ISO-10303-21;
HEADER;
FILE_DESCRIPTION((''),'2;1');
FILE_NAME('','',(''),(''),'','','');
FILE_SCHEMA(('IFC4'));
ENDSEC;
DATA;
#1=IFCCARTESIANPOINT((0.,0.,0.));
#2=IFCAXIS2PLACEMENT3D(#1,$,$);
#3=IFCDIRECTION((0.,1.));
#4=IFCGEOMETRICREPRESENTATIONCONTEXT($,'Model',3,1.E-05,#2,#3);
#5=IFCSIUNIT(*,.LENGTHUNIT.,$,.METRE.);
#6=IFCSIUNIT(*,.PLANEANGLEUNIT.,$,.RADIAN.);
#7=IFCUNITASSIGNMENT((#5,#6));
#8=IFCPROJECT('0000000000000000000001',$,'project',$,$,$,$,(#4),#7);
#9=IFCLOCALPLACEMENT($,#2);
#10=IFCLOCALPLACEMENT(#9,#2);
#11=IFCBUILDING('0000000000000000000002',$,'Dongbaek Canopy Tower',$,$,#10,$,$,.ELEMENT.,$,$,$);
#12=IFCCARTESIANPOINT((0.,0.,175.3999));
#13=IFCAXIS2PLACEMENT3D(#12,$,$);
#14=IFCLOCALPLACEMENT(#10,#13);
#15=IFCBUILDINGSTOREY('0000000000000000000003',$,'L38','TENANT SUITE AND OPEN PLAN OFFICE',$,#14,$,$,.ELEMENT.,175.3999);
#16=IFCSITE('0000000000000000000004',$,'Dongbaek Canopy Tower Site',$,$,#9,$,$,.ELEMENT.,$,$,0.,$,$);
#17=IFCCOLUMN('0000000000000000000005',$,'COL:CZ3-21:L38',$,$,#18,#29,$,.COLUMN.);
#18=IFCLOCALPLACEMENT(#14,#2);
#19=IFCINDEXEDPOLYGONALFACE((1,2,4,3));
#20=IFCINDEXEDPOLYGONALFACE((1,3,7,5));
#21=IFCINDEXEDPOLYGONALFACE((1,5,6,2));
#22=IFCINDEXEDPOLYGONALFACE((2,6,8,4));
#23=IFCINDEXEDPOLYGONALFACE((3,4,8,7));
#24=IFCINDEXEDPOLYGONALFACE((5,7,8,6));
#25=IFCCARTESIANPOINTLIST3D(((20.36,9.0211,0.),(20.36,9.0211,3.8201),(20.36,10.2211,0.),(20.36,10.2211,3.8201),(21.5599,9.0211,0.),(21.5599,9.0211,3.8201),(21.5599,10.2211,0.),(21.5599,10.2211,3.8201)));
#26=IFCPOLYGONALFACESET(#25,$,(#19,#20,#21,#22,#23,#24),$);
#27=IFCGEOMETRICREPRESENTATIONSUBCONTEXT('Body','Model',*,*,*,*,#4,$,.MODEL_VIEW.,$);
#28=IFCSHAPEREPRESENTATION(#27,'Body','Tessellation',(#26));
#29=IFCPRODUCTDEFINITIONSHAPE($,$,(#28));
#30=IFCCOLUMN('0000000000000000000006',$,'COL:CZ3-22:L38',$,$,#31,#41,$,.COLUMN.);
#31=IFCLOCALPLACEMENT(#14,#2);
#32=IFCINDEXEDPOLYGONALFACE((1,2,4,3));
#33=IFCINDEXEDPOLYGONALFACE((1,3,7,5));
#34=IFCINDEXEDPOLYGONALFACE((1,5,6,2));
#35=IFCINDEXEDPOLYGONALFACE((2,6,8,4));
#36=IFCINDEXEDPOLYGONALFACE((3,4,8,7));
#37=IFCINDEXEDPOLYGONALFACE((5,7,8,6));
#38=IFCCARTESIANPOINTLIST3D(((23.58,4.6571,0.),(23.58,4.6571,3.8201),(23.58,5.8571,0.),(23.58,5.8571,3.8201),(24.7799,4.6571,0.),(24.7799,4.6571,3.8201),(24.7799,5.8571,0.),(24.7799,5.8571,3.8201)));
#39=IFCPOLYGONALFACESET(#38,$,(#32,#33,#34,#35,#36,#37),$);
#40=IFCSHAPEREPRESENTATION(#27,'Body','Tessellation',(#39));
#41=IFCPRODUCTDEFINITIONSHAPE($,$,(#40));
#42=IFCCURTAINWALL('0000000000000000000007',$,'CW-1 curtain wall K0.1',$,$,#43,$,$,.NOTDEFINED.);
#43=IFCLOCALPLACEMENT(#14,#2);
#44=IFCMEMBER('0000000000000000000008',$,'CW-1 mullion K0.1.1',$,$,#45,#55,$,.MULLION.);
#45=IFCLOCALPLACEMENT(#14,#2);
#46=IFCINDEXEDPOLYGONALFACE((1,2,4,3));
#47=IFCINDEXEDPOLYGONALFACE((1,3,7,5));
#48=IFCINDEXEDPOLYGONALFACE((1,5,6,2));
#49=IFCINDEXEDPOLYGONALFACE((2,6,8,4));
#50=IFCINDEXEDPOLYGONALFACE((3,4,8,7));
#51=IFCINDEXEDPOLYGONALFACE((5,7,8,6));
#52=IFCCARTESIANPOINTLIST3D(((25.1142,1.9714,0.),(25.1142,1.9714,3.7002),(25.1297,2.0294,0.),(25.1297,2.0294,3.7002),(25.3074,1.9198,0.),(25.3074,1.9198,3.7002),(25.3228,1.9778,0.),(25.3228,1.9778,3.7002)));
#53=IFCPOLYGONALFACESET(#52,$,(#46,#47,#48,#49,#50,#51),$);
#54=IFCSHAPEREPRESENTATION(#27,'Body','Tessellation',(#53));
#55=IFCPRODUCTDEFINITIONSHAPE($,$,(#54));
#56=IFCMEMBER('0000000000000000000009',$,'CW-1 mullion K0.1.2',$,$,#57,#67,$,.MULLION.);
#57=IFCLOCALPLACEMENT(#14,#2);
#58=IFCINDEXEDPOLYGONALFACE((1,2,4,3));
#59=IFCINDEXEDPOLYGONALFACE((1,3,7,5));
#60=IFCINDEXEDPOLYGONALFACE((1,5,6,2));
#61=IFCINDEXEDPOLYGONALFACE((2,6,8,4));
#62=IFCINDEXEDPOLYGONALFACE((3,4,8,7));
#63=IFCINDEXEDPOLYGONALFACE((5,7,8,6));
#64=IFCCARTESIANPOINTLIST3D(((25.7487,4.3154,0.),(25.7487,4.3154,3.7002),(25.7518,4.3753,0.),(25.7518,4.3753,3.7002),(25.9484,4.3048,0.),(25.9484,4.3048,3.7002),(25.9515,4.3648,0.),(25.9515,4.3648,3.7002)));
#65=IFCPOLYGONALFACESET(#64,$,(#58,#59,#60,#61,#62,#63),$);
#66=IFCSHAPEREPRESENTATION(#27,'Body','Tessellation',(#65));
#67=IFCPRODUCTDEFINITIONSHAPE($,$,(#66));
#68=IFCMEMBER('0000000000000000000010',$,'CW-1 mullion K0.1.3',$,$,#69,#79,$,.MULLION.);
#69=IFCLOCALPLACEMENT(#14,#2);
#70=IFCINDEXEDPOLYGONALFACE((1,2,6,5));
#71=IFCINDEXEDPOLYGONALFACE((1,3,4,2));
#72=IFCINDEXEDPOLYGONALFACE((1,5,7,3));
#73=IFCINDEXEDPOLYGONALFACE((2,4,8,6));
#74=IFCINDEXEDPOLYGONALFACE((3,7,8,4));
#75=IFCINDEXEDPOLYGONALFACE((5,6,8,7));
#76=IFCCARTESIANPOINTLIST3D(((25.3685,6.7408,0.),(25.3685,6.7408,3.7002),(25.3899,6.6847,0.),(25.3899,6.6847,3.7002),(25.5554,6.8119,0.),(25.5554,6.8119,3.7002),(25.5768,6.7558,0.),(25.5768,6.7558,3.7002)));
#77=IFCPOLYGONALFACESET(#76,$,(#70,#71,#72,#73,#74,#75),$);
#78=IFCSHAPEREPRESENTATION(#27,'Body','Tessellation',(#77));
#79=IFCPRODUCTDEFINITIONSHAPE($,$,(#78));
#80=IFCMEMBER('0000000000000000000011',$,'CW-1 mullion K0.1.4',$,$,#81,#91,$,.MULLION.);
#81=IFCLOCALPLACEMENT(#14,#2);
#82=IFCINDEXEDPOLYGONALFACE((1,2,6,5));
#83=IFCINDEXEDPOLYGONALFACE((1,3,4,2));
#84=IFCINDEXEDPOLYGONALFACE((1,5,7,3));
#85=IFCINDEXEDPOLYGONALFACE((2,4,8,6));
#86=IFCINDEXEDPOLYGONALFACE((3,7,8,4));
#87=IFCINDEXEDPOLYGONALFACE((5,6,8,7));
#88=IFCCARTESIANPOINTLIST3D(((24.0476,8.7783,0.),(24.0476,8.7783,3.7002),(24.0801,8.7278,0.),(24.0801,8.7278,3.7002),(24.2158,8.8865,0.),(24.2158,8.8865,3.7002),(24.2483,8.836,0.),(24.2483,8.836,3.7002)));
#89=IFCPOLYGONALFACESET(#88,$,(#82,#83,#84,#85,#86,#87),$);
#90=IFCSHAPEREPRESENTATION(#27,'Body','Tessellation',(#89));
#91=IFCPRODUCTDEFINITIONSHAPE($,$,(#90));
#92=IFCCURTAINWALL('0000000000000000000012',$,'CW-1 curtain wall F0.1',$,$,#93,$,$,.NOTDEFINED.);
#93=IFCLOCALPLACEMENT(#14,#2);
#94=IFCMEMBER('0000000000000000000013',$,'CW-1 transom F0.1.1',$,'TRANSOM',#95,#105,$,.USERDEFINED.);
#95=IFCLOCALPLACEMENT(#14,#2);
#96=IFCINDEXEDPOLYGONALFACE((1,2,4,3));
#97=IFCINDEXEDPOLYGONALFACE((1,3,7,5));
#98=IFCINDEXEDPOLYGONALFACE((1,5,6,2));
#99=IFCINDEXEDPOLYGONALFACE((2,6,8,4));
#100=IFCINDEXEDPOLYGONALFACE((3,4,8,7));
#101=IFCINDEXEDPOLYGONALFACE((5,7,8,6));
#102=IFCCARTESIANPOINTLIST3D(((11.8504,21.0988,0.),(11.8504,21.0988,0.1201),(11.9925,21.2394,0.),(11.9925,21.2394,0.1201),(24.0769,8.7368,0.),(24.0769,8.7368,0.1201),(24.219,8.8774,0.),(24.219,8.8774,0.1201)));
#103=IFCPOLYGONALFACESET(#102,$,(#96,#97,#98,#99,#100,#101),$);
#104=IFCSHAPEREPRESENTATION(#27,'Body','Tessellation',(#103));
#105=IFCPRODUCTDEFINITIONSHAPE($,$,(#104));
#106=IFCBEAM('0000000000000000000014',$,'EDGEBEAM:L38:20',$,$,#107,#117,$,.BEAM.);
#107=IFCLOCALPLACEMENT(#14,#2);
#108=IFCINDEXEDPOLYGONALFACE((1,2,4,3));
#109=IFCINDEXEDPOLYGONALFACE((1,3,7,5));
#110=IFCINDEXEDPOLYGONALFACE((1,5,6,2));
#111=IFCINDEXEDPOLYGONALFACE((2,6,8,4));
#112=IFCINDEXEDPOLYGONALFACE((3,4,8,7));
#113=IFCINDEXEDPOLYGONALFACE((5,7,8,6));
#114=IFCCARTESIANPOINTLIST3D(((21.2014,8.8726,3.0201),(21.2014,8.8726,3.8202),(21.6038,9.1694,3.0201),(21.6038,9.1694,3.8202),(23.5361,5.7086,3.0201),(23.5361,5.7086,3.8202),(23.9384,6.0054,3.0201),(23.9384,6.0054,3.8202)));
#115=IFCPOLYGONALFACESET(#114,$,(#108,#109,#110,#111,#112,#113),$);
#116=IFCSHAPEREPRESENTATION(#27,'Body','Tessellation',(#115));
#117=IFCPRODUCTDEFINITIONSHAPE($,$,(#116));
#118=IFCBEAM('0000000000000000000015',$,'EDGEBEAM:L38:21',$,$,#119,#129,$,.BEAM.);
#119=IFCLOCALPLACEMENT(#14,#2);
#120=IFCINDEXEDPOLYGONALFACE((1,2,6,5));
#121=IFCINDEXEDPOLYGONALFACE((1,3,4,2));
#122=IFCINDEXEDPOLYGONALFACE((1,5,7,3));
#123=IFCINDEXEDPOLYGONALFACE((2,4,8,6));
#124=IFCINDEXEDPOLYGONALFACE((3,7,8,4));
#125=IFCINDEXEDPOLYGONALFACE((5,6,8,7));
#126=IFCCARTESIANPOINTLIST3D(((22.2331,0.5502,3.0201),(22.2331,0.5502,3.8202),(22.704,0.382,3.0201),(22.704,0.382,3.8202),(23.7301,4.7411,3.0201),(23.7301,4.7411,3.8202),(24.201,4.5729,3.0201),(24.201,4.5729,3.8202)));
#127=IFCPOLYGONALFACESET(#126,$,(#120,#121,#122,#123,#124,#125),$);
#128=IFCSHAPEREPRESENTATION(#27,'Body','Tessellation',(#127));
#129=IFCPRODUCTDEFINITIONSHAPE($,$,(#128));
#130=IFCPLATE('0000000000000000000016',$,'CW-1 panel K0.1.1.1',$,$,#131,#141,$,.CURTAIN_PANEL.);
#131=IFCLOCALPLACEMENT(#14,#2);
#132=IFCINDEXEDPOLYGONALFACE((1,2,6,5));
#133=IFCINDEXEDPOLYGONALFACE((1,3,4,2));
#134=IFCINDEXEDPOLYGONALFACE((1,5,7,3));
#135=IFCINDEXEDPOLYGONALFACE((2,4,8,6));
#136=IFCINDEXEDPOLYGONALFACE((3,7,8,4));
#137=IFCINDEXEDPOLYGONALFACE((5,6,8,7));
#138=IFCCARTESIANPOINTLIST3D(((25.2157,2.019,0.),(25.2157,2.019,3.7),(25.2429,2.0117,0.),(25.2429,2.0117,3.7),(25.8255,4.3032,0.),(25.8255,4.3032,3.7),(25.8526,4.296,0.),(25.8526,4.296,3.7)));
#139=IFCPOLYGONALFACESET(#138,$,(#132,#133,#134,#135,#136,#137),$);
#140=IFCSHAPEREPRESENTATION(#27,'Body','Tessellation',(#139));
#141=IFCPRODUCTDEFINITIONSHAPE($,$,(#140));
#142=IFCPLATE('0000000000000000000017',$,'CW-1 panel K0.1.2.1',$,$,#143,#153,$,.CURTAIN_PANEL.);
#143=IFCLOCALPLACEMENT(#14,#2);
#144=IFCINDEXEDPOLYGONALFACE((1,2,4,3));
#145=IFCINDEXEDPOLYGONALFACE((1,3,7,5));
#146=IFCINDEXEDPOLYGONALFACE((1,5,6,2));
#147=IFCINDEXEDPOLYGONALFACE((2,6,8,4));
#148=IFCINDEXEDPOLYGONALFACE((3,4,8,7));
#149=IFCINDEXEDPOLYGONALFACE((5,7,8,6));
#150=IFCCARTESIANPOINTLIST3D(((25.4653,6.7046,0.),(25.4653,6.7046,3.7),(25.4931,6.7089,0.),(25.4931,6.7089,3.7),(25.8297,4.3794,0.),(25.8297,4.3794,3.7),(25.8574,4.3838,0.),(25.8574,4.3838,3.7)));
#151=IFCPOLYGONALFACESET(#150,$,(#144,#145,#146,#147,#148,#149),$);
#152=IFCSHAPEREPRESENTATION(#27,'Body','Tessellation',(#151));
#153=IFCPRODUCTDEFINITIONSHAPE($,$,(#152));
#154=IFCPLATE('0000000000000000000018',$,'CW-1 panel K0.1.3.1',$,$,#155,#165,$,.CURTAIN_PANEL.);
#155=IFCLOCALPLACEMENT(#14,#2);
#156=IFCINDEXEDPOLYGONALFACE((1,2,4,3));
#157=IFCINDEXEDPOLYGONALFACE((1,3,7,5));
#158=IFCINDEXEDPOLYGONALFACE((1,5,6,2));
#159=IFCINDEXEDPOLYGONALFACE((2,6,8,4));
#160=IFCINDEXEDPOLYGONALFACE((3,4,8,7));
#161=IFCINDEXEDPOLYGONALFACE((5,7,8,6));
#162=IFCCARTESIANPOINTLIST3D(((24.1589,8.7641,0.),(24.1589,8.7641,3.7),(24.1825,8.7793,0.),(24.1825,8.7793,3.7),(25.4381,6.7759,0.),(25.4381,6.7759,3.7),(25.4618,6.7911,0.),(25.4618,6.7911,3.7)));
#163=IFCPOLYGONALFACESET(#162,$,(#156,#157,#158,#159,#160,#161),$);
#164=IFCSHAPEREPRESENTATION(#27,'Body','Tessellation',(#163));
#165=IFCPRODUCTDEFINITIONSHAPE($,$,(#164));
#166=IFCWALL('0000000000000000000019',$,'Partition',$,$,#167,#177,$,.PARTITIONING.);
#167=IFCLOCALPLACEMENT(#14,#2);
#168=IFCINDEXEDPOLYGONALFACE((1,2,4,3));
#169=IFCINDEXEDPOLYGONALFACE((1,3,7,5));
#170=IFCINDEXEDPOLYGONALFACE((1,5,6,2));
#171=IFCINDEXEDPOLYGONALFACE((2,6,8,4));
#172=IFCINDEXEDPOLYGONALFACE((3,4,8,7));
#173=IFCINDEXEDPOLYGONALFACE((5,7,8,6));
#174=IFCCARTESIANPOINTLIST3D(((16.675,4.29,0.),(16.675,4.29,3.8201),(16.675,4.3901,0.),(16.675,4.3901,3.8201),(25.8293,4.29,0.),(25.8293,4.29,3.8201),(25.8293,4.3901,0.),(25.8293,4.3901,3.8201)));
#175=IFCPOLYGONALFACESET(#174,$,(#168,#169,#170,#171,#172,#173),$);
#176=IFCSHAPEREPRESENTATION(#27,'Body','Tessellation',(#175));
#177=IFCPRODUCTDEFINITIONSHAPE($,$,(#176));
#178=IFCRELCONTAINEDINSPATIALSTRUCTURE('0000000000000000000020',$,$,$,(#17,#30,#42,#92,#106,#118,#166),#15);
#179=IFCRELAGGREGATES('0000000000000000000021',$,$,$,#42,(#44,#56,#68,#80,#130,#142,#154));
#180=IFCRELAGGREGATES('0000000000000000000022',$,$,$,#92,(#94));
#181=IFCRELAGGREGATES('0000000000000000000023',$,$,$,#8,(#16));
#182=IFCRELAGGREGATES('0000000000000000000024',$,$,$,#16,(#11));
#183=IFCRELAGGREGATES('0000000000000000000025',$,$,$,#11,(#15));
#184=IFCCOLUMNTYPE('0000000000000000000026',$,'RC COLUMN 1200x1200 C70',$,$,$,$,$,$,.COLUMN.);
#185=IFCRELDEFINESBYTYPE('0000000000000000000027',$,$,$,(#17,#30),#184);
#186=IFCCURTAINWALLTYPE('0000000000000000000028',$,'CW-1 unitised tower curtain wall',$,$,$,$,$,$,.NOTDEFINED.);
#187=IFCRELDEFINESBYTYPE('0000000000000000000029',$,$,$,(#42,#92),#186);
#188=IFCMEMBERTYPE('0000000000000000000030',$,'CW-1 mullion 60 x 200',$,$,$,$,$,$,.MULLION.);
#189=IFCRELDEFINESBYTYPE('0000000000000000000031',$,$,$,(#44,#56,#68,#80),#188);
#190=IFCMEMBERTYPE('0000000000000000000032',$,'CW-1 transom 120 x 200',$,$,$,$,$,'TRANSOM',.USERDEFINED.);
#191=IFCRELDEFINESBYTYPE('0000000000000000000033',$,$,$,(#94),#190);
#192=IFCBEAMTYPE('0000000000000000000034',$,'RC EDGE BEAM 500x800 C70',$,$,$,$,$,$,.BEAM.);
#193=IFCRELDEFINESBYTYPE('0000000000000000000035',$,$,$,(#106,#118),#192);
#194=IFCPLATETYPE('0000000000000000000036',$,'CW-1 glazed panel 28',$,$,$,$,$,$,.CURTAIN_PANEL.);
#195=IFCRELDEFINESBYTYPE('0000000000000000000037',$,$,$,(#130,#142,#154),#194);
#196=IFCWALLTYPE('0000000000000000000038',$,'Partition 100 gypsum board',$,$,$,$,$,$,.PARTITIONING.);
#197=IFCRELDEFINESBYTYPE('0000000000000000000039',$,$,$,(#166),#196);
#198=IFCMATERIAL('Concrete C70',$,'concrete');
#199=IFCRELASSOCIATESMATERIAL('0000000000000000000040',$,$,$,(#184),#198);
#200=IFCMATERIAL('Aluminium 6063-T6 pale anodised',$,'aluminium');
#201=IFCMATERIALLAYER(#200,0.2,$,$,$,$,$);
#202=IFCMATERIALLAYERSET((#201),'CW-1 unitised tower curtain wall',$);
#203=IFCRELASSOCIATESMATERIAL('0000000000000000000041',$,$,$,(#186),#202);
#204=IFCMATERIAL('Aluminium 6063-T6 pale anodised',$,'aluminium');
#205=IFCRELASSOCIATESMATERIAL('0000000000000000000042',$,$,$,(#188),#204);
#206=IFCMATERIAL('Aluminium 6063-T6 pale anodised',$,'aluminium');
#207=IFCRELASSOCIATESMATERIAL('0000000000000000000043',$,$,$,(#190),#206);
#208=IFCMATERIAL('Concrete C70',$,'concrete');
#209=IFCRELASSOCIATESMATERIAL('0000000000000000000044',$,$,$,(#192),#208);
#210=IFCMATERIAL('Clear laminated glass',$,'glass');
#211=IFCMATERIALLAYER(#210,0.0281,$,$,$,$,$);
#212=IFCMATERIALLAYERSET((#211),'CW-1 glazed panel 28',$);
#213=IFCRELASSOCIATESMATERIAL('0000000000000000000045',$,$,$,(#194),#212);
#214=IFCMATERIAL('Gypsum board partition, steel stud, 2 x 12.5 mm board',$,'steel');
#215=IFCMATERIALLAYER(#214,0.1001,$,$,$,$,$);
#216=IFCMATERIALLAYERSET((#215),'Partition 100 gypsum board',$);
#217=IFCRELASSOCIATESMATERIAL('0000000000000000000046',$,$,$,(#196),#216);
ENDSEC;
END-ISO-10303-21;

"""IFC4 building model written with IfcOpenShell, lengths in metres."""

from ifc_helpers import new_model, si_unit, direction, frame, frame_2d, origin, origin_2d, place, context, subcontext, project, spatial, rectangle, extrude, material, layer, layer_set, material_profile, profile_set, type_object, element, aggregate, save


model = new_model("IFC4")

# Units and contexts
model_context = context("Model", 3, precision=1e-05, world=origin(), true_north=direction((0.0, 1.0)))
body_context = subcontext(model_context, "Body", "Model", "MODEL_VIEW")
ifc_project = project(units=[si_unit("LENGTHUNIT", "METRE"), si_unit("PLANEANGLEUNIT", "RADIAN")], contexts=[model_context])

# Site, building, storey
site_placement = place(None, origin())
site = spatial("IfcSite", under=ifc_project, at=site_placement, Name="Dongbaek Canopy Tower Site", CompositionType="ELEMENT", RefElevation=0.0)
building_placement = place(site_placement, origin())
building = spatial("IfcBuilding", under=site, at=building_placement, Name="Dongbaek Canopy Tower", CompositionType="ELEMENT")
storey_placement = place(building_placement, frame((0.0, 0.0, 175.3999)))
storey = spatial("IfcBuildingStorey", under=building, at=storey_placement, Name="L38", Description="TENANT SUITE AND OPEN PLAN OFFICE", CompositionType="ELEMENT", Elevation=175.3999)

# Columns
ifc_material_1 = material(Name="Concrete C70", Category="concrete")
ifc_material_profile_1 = material_profile(ifc_material_1, rectangle(XDim=1.2, YDim=1.2, at=origin_2d()), Name="RC COLUMN 1200x1200 C70")
ifc_profile_set_1 = profile_set([ifc_material_profile_1], Name="Concrete C70")
column_type = type_object("IfcColumnType", Name="RC COLUMN 1200x1200 C70", PredefinedType="COLUMN", material=ifc_profile_set_1)
for number, where, z_axis, x_axis, name in (
    (1, (20.96, 9.6211, 0.0), (0.0, 0.0, 1.0), (1.0, 0.0, 0.0), "COL:CZ3-21:L38"),
    (2, (24.1799, 5.2571, 0.0), (0.0, 0.0, 1.0), (1.0, 0.0, 0.0), "COL:CZ3-22:L38"),
):
    element("IfcColumn", number, at=place(storey_placement, frame(where, z_axis=z_axis, x_axis=x_axis)), inside=storey, type_object=column_type, Name=name, PredefinedType="COLUMN", context=body_context, shape_type="SweptSolid", body=[
        extrude(rectangle(XDim=1.2, YDim=1.2, at=origin_2d()), origin(), (0.0, 0.0, 1.0), 3.8201),
    ])

# Curtain wall, members
ifc_material_2 = material(Name="Aluminium 6063-T6 pale anodised", Category="aluminium")
ifc_layer_1 = layer(ifc_material_2, 0.2)
ifc_layer_set_1 = layer_set([ifc_layer_1], Name="CW-1 unitised tower curtain wall")
curtain_wall_type = type_object("IfcCurtainWallType", Name="CW-1 unitised tower curtain wall", PredefinedType="NOTDEFINED", material=ifc_layer_set_1)
curtain_wall_1_placement = place(storey_placement, origin())
curtain_wall_1 = element("IfcCurtainWall", 3, at=curtain_wall_1_placement, inside=storey, type_object=curtain_wall_type, Name="CW-1 curtain wall K0.1", PredefinedType="NOTDEFINED")
ifc_material_3 = material(Name="Aluminium 6063-T6 pale anodised", Category="aluminium")
ifc_material_profile_2 = material_profile(ifc_material_3, rectangle(XDim=0.2, YDim=0.0601, at=origin_2d()), Name="CW-1 mullion 60 x 200")
ifc_profile_set_2 = profile_set([ifc_material_profile_2], Name="Aluminium 6063-T6 pale anodised")
member_type_1 = type_object("IfcMemberType", Name="CW-1 mullion 60 x 200", PredefinedType="MULLION", material=ifc_profile_set_2)
member_1_placement = place(storey_placement, frame((25.2185, 1.9746, 0.0), z_axis=(0.0, 0.0, 1.0), x_axis=(0.966167, -0.257917, 0.0)))
member_1 = element("IfcMember", 4, at=member_1_placement, type_object=member_type_1, Name="CW-1 mullion K0.1.1", PredefinedType="MULLION", context=body_context, shape_type="SweptSolid", body=[
    extrude(rectangle(XDim=0.2, YDim=0.0601, at=origin_2d()), origin(), (0.0, 0.0, 1.0), 3.7002),
])
member_2_placement = place(storey_placement, frame((25.8501, 4.3401, 0.0), z_axis=(0.0, 0.0, 1.0), x_axis=(0.998611, -0.05269, 0.0)))
member_2 = element("IfcMember", 5, at=member_2_placement, type_object=member_type_1, Name="CW-1 mullion K0.1.2", PredefinedType="MULLION", context=body_context, shape_type="SweptSolid", body=[
    extrude(rectangle(XDim=0.2, YDim=0.0601, at=origin_2d()), origin(), (0.0, 0.0, 1.0), 3.7002),
])
member_3_placement = place(storey_placement, frame((25.4727, 6.7483, 0.0), z_axis=(0.0, 0.0, 1.0), x_axis=(0.934627, 0.355629, 0.0)))
member_3 = element("IfcMember", 6, at=member_3_placement, type_object=member_type_1, Name="CW-1 mullion K0.1.3", PredefinedType="MULLION", context=body_context, shape_type="SweptSolid", body=[
    extrude(rectangle(XDim=0.2, YDim=0.0601, at=origin_2d()), origin(), (0.0, 0.0, 1.0), 3.7002),
])
member_4_placement = place(storey_placement, frame((24.1479, 8.8071, 0.0), z_axis=(0.0, 0.0, 1.0), x_axis=(0.840962, 0.541095, 0.0)))
member_4 = element("IfcMember", 7, at=member_4_placement, type_object=member_type_1, Name="CW-1 mullion K0.1.4", PredefinedType="MULLION", context=body_context, shape_type="SweptSolid", body=[
    extrude(rectangle(XDim=0.2, YDim=0.0601, at=origin_2d()), origin(), (0.0, 0.0, 1.0), 3.7002),
])

# Curtain wall, member
curtain_wall_2_placement = place(storey_placement, origin())
curtain_wall_2 = element("IfcCurtainWall", 8, at=curtain_wall_2_placement, inside=storey, type_object=curtain_wall_type, Name="CW-1 curtain wall F0.1", PredefinedType="NOTDEFINED")
ifc_material_4 = material(Name="Aluminium 6063-T6 pale anodised", Category="aluminium")
ifc_material_profile_3 = material_profile(ifc_material_4, rectangle(XDim=0.2, YDim=0.1201, at=origin_2d()), Name="CW-1 transom 120 x 200")
ifc_profile_set_3 = profile_set([ifc_material_profile_3], Name="Aluminium 6063-T6 pale anodised")
member_type_2 = type_object("IfcMemberType", Name="CW-1 transom 120 x 200", ElementType="TRANSOM", PredefinedType="USERDEFINED", material=ifc_profile_set_3)
member_5_placement = place(storey_placement, frame((24.1479, 8.8071, 0.0601), z_axis=(-0.7032, 0.710993, 0.0), x_axis=(-0.710993, -0.7032, 0.0)))
member_5 = element("IfcMember", 9, at=member_5_placement, type_object=member_type_2, Name="CW-1 transom F0.1.1", ObjectType="TRANSOM", PredefinedType="USERDEFINED", context=body_context, shape_type="SweptSolid", body=[
    extrude(rectangle(XDim=0.2, YDim=0.1201, at=origin_2d()), origin(), (0.0, 0.0, 1.0), 17.387),
])

# Beams
ifc_material_5 = material(Name="Concrete C70", Category="concrete")
ifc_material_profile_4 = material_profile(ifc_material_5, rectangle(XDim=0.5, YDim=0.8, at=origin_2d()), Name="RC EDGE BEAM 500x800 C70")
ifc_profile_set_4 = profile_set([ifc_material_profile_4], Name="Concrete C70")
beam_type = type_object("IfcBeamType", Name="RC EDGE BEAM 500x800 C70", PredefinedType="BEAM", material=ifc_profile_set_4)
beam_1_placement = place(storey_placement, frame((21.4026, 9.021, 3.4202), z_axis=(0.593743, -0.804655, 0.0), x_axis=(0.804655, 0.593743, 0.0)))
element("IfcBeam", 10, at=beam_1_placement, inside=storey, type_object=beam_type, Name="EDGEBEAM:L38:20", PredefinedType="BEAM", context=body_context, shape_type="SweptSolid", body=[
    extrude(rectangle(XDim=0.5, YDim=0.8, at=origin_2d()), origin(), (0.0, 0.0, 1.0), 3.9321),
])
beam_2_placement = place(storey_placement, frame((23.9656, 4.657, 3.4202), z_axis=(-0.336399, -0.94172, 0.0), x_axis=(0.94172, -0.336399, 0.0)))
element("IfcBeam", 11, at=beam_2_placement, inside=storey, type_object=beam_type, Name="EDGEBEAM:L38:21", PredefinedType="BEAM", context=body_context, shape_type="SweptSolid", body=[
    extrude(rectangle(XDim=0.5, YDim=0.8, at=origin_2d()), origin(), (0.0, 0.0, 1.0), 4.4502),
])

# Plates
ifc_material_6 = material(Name="Clear laminated glass", Category="glass")
ifc_layer_2 = layer(ifc_material_6, 0.0281)
ifc_layer_set_2 = layer_set([ifc_layer_2], Name="CW-1 glazed panel 28")
plate_type = type_object("IfcPlateType", Name="CW-1 glazed panel 28", PredefinedType="CURTAIN_PANEL", material=ifc_layer_set_2)
plate_1_placement = place(storey_placement, frame((25.5342, 3.1575, 0.0), z_axis=(0.0, 0.0, 1.0), x_axis=(0.257917, 0.966167, 0.0)))
plate_1 = element("IfcPlate", 12, at=plate_1_placement, type_object=plate_type, Name="CW-1 panel K0.1.1.1", PredefinedType="CURTAIN_PANEL", context=body_context, shape_type="SweptSolid", body=[
    extrude(rectangle(XDim=2.3643, YDim=0.0281, at=origin_2d()), origin(), (0.0, 0.0, 1.0), 3.7),
])
plate_2_placement = place(storey_placement, frame((25.6614, 5.5442, 0.0), z_axis=(0.0, 0.0, 1.0), x_axis=(-0.154811, 0.987944, 0.0)))
plate_2 = element("IfcPlate", 13, at=plate_2_placement, type_object=plate_type, Name="CW-1 panel K0.1.2.1", PredefinedType="CURTAIN_PANEL", context=body_context, shape_type="SweptSolid", body=[
    extrude(rectangle(XDim=2.3535, YDim=0.0281, at=origin_2d()), origin(), (0.0, 0.0, 1.0), 3.7),
])
plate_3_placement = place(storey_placement, frame((24.8103, 7.7776, 0.0), z_axis=(0.0, 0.0, 1.0), x_axis=(-0.541095, 0.840962, 0.0)))
plate_3 = element("IfcPlate", 14, at=plate_3_placement, type_object=plate_type, Name="CW-1 panel K0.1.3.1", PredefinedType="CURTAIN_PANEL", context=body_context, shape_type="SweptSolid", body=[
    extrude(rectangle(XDim=2.3643, YDim=0.0281, at=origin_2d()), origin(), (0.0, 0.0, 1.0), 3.7),
])

# Wall
ifc_material_7 = material(Name="Gypsum board partition, steel stud, 2 x 12.5 mm board", Category="steel")
ifc_layer_3 = layer(ifc_material_7, 0.1001)
ifc_layer_set_3 = layer_set([ifc_layer_3], Name="Partition 100 gypsum board")
wall_type = type_object("IfcWallType", Name="Partition 100 gypsum board", PredefinedType="PARTITIONING", material=ifc_layer_set_3)
wall_placement = place(storey_placement, frame((16.675, 4.3401, 0.0), z_axis=(0.0, 0.0, 1.0), x_axis=(1.0, 0.0, 0.0)))
element("IfcWall", 15, at=wall_placement, inside=storey, type_object=wall_type, Name="Partition", PredefinedType="PARTITIONING", context=body_context, shape_type="SweptSolid", body=[
    extrude(rectangle(XDim=9.1543, YDim=0.1001, at=frame_2d((4.5771, 0.0))), origin(), (0.0, 0.0, 1.0), 3.8201),
])

aggregate(curtain_wall_1, [member_1, member_2, member_3, member_4, plate_1, plate_2, plate_3])
aggregate(curtain_wall_2, [member_5])

save(model, "model.ifc")
